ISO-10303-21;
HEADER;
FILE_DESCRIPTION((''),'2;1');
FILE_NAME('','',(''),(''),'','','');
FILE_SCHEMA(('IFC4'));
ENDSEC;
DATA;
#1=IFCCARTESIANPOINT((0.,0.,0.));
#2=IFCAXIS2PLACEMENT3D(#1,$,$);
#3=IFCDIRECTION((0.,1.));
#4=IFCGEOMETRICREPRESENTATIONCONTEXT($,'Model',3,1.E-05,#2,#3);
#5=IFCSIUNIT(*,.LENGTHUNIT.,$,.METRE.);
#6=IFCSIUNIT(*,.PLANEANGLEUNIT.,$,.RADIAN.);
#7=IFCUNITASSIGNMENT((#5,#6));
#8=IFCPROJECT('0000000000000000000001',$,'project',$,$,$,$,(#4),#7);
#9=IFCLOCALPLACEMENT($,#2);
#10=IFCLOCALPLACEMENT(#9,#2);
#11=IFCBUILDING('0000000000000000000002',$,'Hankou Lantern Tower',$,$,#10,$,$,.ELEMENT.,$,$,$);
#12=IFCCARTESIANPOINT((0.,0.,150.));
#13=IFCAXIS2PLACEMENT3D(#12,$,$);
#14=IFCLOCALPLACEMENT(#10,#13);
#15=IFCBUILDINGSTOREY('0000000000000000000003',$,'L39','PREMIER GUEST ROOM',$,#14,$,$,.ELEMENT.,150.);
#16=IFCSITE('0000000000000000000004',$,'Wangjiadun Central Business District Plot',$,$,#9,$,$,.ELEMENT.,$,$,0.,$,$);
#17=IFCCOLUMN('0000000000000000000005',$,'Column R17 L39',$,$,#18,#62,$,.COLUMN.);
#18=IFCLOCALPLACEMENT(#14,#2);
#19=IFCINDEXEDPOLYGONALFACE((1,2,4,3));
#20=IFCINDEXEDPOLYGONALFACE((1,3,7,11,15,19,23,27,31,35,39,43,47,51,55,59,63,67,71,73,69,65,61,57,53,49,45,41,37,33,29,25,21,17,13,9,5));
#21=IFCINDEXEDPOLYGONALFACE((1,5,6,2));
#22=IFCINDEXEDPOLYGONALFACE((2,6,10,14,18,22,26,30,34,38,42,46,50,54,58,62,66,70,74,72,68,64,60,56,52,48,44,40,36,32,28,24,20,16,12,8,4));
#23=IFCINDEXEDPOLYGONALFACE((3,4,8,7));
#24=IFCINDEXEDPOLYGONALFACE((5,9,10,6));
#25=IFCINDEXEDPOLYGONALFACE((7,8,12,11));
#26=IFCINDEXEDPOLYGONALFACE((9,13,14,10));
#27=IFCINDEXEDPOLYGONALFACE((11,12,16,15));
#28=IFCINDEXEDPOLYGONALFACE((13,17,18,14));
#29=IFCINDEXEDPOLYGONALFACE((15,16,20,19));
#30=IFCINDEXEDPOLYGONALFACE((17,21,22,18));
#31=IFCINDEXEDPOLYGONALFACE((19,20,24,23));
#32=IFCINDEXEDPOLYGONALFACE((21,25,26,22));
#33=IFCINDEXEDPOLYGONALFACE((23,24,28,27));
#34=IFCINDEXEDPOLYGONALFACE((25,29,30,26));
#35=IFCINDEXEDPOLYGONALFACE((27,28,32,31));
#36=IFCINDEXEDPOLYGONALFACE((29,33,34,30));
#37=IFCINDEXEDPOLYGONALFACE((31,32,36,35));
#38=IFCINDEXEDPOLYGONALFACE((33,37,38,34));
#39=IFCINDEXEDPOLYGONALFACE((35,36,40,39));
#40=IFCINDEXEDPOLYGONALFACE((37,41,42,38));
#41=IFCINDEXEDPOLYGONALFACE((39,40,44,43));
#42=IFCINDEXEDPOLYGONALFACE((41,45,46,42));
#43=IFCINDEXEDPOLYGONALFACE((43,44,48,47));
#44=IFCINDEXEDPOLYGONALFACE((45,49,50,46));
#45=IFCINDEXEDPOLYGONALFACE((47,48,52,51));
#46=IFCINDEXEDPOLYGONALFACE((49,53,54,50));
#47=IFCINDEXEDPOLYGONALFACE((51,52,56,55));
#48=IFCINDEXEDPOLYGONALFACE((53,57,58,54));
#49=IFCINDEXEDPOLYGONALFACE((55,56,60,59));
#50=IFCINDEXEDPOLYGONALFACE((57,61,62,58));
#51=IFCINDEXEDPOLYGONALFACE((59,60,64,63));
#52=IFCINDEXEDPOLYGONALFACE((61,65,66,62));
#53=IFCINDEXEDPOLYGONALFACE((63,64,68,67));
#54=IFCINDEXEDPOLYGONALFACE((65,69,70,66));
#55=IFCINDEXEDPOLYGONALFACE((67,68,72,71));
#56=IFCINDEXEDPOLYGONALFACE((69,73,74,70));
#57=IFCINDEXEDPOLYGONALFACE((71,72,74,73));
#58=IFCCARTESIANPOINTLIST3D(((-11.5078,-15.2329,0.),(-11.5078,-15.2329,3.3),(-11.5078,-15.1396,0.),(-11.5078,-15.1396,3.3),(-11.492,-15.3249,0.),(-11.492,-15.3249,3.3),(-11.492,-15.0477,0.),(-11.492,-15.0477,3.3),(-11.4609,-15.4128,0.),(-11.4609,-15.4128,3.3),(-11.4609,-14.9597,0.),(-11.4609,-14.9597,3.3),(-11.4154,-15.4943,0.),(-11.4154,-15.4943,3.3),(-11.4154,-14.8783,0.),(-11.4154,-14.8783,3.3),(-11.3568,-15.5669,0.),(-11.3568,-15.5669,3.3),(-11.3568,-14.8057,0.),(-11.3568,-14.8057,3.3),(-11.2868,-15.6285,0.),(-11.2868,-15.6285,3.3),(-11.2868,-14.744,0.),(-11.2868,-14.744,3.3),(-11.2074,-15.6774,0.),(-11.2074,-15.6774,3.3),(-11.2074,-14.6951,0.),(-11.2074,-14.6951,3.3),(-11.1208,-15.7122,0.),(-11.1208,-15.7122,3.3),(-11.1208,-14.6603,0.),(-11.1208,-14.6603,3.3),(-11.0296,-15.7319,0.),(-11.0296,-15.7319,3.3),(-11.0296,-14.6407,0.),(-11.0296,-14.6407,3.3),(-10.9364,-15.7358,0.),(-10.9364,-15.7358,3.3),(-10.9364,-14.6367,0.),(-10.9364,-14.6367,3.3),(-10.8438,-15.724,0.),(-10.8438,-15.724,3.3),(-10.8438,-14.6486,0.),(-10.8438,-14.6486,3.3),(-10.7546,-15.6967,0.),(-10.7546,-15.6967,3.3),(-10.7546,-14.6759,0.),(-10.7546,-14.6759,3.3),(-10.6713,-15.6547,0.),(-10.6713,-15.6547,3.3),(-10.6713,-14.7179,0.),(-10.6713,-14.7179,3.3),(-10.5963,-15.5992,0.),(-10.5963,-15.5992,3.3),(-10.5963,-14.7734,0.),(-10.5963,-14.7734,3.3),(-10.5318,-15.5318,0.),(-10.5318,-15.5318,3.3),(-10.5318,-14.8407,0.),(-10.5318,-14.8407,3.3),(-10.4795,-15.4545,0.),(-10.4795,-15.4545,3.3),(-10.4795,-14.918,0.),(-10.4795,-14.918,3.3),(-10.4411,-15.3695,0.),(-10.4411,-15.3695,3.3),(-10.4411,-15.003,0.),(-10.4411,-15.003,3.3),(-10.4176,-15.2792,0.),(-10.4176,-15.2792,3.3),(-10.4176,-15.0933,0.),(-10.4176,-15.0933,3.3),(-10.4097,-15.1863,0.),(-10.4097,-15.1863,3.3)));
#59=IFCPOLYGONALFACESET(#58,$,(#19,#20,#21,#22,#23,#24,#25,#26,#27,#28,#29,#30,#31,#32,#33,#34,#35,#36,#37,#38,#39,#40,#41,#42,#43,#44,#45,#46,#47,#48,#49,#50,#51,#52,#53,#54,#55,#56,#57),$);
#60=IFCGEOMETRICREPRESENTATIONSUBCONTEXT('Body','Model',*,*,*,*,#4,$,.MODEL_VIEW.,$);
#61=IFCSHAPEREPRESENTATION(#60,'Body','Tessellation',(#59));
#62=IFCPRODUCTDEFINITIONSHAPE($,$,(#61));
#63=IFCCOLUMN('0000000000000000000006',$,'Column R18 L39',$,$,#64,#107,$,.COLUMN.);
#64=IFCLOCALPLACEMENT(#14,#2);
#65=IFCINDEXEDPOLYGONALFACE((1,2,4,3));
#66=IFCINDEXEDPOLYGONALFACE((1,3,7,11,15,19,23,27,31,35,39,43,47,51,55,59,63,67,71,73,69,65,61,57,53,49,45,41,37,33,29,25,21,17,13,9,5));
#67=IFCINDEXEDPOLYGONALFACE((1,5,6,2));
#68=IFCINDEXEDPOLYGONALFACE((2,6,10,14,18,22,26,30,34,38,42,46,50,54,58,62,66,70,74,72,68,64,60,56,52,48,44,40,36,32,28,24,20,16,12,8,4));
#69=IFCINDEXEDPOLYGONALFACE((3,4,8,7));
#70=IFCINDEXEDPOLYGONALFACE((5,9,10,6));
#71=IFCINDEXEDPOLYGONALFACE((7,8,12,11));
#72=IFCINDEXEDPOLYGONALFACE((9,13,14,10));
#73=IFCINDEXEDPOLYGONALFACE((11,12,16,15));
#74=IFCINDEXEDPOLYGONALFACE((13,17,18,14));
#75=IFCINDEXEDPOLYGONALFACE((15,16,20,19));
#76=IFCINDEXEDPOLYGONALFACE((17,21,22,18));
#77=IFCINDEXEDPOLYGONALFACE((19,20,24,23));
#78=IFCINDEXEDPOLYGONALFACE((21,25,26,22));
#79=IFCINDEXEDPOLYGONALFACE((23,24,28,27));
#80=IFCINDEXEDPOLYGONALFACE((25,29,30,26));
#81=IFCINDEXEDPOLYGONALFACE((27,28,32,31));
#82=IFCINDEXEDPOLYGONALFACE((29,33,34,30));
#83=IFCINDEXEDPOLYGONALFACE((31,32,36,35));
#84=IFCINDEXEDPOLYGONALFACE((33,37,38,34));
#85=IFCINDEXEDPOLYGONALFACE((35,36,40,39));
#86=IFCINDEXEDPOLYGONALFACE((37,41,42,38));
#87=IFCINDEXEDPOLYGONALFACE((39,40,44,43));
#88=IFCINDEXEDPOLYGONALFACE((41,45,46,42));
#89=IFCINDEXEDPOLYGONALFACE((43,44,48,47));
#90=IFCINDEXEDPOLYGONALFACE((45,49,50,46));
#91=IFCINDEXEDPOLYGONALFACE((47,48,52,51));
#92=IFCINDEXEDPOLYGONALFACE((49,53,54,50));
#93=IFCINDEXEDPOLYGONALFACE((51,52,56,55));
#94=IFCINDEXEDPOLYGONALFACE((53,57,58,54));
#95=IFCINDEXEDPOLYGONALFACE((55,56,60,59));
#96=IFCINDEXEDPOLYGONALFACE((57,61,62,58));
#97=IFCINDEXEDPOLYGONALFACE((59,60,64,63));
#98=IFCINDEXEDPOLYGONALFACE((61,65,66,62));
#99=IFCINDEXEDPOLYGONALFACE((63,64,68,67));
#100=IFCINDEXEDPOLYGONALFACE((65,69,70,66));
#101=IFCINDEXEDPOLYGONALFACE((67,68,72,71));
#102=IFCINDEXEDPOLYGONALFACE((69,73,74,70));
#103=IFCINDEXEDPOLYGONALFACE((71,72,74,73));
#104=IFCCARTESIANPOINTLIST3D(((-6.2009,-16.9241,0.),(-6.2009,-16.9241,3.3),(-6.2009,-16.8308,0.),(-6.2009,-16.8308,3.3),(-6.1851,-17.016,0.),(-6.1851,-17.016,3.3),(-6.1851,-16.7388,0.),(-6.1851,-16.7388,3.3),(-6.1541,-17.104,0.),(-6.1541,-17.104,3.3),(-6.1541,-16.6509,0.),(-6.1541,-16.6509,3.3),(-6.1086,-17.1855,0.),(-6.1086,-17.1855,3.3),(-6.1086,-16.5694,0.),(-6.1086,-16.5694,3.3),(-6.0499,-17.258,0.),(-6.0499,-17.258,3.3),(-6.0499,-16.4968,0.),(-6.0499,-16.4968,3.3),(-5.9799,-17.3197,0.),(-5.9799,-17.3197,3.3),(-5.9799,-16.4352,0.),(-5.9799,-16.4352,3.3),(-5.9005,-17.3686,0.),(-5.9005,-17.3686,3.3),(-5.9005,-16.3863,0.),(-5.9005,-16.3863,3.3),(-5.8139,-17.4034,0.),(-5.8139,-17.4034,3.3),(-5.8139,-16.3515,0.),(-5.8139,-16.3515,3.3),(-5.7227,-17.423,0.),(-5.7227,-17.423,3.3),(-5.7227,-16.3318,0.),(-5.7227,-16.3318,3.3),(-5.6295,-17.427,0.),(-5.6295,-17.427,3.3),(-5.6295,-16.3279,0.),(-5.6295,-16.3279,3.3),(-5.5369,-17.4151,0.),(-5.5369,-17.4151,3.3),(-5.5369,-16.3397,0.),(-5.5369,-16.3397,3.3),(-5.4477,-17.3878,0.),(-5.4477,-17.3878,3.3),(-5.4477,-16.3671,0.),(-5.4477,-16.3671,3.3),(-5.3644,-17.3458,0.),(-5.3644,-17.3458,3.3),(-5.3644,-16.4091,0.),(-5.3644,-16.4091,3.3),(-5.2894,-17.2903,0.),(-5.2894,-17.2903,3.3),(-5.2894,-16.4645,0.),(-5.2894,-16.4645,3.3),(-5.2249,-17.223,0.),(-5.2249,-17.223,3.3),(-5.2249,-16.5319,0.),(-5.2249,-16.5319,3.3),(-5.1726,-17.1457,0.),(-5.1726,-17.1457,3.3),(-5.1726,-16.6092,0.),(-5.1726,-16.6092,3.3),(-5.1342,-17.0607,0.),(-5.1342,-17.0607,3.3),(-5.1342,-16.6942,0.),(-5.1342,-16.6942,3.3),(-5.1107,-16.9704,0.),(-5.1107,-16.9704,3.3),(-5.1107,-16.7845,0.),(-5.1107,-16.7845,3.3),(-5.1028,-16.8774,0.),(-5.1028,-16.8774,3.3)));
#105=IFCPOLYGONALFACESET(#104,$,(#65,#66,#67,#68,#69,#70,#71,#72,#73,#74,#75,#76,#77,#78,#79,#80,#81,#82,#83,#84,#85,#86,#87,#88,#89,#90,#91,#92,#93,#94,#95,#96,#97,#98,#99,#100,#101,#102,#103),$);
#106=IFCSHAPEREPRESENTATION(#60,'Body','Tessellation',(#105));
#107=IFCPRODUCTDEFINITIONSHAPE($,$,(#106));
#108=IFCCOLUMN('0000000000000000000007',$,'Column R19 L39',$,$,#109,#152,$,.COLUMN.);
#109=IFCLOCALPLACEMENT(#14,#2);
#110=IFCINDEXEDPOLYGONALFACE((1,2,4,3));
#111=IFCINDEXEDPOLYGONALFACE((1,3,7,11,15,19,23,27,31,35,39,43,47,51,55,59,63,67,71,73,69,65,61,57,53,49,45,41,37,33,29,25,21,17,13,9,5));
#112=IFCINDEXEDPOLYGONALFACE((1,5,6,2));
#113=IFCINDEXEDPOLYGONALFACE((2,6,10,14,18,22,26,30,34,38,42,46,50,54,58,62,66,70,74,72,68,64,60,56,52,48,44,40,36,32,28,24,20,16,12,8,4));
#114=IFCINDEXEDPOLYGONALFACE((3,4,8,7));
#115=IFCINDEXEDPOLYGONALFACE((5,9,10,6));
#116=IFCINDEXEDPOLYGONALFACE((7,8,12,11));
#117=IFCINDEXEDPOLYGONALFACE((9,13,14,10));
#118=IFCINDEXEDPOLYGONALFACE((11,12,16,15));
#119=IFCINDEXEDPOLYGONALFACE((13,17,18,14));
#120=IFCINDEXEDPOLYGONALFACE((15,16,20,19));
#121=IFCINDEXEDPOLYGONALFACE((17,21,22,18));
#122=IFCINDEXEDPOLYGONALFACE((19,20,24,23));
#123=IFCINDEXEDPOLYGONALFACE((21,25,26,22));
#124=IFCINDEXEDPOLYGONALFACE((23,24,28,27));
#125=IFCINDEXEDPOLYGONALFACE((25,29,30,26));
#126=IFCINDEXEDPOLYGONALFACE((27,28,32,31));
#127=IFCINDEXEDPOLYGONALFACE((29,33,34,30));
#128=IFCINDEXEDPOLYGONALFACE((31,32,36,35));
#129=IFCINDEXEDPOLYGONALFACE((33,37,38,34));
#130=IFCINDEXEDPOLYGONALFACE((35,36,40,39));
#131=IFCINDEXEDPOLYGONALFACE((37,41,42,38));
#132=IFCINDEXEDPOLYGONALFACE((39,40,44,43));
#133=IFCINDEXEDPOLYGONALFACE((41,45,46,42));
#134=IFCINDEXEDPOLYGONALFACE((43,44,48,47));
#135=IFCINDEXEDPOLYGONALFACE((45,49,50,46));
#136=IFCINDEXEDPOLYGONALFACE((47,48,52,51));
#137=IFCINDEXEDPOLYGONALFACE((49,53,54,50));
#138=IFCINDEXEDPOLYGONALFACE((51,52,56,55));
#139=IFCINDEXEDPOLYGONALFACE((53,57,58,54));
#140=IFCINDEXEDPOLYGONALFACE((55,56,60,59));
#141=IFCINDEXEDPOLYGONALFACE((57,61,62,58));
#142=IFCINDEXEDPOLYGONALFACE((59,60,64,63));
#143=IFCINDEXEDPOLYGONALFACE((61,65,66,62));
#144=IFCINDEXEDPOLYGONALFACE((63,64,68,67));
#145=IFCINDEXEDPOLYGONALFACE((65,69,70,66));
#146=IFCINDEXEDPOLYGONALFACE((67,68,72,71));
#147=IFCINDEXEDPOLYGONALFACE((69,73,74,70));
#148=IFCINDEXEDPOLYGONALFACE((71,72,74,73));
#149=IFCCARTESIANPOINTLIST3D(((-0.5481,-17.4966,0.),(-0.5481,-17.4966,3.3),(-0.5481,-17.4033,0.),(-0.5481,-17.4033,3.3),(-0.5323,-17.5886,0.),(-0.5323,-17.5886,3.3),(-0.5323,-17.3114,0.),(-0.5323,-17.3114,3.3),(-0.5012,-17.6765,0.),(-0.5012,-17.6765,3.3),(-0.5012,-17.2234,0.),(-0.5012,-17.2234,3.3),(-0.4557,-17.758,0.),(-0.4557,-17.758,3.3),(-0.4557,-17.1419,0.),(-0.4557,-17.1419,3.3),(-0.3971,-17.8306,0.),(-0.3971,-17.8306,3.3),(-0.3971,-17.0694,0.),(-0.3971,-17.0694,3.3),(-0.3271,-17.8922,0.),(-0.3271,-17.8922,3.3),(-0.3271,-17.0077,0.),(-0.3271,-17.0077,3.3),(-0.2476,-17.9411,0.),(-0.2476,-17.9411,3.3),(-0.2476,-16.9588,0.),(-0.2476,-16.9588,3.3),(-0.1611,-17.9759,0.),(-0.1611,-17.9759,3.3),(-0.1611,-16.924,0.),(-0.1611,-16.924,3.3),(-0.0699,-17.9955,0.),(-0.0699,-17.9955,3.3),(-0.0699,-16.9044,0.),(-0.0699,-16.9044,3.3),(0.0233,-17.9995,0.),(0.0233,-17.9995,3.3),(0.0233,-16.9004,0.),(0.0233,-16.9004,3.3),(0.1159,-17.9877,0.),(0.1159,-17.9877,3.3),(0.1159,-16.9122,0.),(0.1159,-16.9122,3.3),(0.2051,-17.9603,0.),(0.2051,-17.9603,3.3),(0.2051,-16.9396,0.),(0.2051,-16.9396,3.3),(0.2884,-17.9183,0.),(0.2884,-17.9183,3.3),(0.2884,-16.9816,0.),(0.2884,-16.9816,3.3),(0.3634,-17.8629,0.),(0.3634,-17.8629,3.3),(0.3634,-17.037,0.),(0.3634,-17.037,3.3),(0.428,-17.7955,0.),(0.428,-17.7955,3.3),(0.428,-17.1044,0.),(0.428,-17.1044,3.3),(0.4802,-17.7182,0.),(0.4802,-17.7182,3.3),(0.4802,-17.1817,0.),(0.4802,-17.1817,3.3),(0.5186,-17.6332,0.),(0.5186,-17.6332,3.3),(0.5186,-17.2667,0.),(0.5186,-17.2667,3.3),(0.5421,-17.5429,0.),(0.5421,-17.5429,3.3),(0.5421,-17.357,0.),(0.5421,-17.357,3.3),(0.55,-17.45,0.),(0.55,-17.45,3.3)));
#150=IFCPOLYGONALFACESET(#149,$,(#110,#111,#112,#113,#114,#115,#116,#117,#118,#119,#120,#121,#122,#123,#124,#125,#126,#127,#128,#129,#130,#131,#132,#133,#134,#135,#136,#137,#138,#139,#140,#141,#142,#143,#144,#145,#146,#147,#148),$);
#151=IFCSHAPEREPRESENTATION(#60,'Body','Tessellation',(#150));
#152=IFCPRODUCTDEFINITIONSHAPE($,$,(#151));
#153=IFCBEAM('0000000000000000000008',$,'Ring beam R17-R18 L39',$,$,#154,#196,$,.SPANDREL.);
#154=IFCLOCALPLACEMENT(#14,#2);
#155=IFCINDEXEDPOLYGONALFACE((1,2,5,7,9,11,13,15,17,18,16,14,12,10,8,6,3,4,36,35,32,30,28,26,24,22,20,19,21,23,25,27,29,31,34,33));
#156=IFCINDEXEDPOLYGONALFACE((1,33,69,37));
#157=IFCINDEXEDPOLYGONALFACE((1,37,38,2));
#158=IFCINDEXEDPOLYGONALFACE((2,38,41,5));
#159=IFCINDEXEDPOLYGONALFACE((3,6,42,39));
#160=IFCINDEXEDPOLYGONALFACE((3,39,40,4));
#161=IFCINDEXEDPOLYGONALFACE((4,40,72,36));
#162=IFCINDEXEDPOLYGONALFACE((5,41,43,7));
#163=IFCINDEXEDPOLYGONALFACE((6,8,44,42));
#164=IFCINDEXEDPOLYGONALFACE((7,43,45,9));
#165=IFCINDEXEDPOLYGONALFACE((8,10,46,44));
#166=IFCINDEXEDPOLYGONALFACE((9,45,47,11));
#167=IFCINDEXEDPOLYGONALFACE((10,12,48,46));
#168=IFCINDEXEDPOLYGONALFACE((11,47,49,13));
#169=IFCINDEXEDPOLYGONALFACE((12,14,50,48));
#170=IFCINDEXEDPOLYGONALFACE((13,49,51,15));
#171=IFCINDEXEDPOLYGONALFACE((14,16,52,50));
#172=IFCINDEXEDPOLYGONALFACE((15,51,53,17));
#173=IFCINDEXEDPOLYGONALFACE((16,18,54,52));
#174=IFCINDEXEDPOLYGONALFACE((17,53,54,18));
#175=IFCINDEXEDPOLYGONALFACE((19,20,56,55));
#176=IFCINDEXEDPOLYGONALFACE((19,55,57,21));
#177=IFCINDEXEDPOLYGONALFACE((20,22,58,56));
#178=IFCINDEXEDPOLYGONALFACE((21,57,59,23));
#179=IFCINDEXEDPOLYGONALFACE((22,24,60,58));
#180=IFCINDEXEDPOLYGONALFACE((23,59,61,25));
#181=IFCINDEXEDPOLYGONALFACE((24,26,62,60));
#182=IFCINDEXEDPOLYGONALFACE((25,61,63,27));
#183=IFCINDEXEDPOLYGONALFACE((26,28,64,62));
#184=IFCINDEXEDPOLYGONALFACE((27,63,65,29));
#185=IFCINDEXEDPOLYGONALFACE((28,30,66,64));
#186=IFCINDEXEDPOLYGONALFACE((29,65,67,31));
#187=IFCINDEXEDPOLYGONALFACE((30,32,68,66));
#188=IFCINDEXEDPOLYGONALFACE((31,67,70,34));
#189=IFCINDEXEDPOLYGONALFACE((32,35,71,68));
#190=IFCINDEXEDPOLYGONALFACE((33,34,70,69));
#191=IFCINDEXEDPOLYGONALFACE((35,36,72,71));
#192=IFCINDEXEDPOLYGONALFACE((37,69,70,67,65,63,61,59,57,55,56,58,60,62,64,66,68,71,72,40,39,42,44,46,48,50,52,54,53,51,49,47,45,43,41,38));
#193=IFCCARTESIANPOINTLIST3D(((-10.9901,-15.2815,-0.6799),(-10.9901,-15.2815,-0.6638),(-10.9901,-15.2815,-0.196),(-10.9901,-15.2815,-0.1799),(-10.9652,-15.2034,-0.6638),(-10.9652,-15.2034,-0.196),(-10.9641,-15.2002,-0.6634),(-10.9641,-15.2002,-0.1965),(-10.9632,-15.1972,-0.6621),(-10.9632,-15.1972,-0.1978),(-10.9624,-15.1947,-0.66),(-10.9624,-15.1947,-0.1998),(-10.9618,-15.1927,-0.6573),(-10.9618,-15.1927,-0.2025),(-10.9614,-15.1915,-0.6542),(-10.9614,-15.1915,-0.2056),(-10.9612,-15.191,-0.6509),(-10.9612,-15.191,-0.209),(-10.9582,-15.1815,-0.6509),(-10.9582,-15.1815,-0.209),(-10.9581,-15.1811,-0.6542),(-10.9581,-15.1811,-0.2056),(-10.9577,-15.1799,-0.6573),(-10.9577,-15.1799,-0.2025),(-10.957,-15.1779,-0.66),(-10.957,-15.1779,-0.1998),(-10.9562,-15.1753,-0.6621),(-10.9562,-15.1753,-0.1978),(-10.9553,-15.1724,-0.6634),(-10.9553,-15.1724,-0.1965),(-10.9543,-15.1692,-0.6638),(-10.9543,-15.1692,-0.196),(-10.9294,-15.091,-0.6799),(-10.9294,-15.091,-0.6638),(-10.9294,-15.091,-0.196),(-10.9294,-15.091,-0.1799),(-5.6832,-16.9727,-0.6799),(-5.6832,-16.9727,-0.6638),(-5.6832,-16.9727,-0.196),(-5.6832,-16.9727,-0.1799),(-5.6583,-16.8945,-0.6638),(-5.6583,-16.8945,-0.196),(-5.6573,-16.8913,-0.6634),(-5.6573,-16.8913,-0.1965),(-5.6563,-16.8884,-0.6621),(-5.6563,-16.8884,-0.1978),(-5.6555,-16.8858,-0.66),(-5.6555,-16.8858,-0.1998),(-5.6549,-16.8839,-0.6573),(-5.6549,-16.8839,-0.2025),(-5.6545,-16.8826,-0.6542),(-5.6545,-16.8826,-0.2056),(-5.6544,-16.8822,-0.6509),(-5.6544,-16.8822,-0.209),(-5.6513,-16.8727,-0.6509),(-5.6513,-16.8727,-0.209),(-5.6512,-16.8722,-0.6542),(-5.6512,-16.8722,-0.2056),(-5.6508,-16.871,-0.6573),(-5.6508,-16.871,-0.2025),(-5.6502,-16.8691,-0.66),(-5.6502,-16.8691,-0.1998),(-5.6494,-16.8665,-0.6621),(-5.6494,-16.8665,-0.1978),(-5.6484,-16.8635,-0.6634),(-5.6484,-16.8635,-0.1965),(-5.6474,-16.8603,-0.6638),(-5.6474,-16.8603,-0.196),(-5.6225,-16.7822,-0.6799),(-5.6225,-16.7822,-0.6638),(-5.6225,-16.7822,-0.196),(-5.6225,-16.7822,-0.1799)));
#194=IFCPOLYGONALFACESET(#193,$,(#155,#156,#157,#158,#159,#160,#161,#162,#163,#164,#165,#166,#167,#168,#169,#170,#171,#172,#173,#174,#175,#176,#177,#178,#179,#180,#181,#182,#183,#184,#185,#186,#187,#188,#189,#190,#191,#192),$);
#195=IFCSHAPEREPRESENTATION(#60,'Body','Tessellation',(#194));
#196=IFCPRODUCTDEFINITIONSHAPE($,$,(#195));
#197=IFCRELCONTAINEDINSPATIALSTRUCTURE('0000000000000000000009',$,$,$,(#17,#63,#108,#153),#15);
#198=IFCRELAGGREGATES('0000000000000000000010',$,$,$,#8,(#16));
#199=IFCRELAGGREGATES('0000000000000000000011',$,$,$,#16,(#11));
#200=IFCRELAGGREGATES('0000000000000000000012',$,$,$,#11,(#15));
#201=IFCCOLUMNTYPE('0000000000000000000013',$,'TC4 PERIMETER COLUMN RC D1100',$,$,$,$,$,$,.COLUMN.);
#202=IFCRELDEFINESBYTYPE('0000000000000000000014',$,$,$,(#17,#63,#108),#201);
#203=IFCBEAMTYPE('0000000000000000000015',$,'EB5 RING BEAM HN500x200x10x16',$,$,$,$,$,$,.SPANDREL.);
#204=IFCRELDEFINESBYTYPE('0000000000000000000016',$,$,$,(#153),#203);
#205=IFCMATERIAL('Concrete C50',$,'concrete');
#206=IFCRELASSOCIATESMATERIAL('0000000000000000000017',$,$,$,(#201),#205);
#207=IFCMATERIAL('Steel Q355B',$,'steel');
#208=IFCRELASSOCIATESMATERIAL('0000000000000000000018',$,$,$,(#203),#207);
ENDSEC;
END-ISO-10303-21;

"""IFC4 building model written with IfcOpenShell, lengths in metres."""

from ifc_helpers import new_model, si_unit, direction, frame, origin, origin_2d, place, context, subcontext, project, spatial, circle, i_section, extrude, material, material_profile, profile_set, type_object, element, save


model = new_model("IFC4")

# Units and contexts
model_context = context("Model", 3, precision=1e-05, world=origin(), true_north=direction((0.0, 1.0)))
body_context = subcontext(model_context, "Body", "Model", "MODEL_VIEW")
ifc_project = project(units=[si_unit("LENGTHUNIT", "METRE"), si_unit("PLANEANGLEUNIT", "RADIAN")], contexts=[model_context])

# Site, building, storey
site_placement = place(None, origin())
site = spatial("IfcSite", under=ifc_project, at=site_placement, Name="Wangjiadun Central Business District Plot", CompositionType="ELEMENT", RefElevation=0.0)
building_placement = place(site_placement, origin())
building = spatial("IfcBuilding", under=site, at=building_placement, Name="Hankou Lantern Tower", CompositionType="ELEMENT")
storey_placement = place(building_placement, frame((0.0, 0.0, 150.0)))
storey = spatial("IfcBuildingStorey", under=building, at=storey_placement, Name="L39", Description="PREMIER GUEST ROOM", CompositionType="ELEMENT", Elevation=150.0)

# Columns
ifc_material_1 = material(Name="Concrete C50", Category="concrete")
ifc_material_profile_1 = material_profile(ifc_material_1, circle(Radius=0.55, at=origin_2d()), Name="RC D1100")
ifc_profile_set_1 = profile_set([ifc_material_profile_1], Name="Concrete C50")
column_type = type_object("IfcColumnType", Name="TC4 PERIMETER COLUMN RC D1100", PredefinedType="COLUMN", material=ifc_profile_set_1)
for number, where, z_axis, x_axis, name in (
    (1, (-10.9597, -15.1863, 0.0), (0.0, 0.0, 1.0), (1.0, 0.0, 0.0), "Column R17 L39"),
    (2, (-5.6528, -16.8774, 0.0), (0.0, 0.0, 1.0), (1.0, 0.0, 0.0), "Column R18 L39"),
    (3, (0.0, -17.45, 0.0), (0.0, 0.0, 1.0), (1.0, 0.0, 0.0), "Column R19 L39"),
):
    element("IfcColumn", number, at=place(storey_placement, frame(where, z_axis=z_axis, x_axis=x_axis)), inside=storey, type_object=column_type, Name=name, PredefinedType="COLUMN", context=body_context, shape_type="SweptSolid", body=[
        extrude(circle(Radius=0.55, at=origin_2d()), origin(), (0.0, 0.0, 1.0), 3.3),
    ])

# Beam
ifc_material_2 = material(Name="Steel Q355B", Category="steel")
ifc_material_profile_2 = material_profile(ifc_material_2, i_section(OverallWidth=0.2, OverallDepth=0.5, WebThickness=0.01, FlangeThickness=0.0161, FilletRadius=0.0129, at=origin_2d()), Name="HN500x200x10x16")
ifc_profile_set_2 = profile_set([ifc_material_profile_2], Name="Steel Q355B")
beam_type = type_object("IfcBeamType", Name="EB5 RING BEAM HN500x200x10x16", PredefinedType="SPANDREL", material=ifc_profile_set_2)
beam_1_placement = place(storey_placement, frame((-10.9597, -15.1863, -0.4299), z_axis=(0.95279, -0.303629, 0.0), x_axis=(0.303629, 0.95279, 0.0)))
element("IfcBeam", 4, at=beam_1_placement, inside=storey, type_object=beam_type, Name="Ring beam R17-R18 L39", PredefinedType="SPANDREL", context=body_context, shape_type="SweptSolid", body=[
    extrude(i_section(OverallWidth=0.2, OverallDepth=0.5, WebThickness=0.01, FlangeThickness=0.0161, FilletRadius=0.0129, at=origin_2d()), origin(), (0.0, 0.0, 1.0), 5.5698),
])

save(model, "model.ifc")
